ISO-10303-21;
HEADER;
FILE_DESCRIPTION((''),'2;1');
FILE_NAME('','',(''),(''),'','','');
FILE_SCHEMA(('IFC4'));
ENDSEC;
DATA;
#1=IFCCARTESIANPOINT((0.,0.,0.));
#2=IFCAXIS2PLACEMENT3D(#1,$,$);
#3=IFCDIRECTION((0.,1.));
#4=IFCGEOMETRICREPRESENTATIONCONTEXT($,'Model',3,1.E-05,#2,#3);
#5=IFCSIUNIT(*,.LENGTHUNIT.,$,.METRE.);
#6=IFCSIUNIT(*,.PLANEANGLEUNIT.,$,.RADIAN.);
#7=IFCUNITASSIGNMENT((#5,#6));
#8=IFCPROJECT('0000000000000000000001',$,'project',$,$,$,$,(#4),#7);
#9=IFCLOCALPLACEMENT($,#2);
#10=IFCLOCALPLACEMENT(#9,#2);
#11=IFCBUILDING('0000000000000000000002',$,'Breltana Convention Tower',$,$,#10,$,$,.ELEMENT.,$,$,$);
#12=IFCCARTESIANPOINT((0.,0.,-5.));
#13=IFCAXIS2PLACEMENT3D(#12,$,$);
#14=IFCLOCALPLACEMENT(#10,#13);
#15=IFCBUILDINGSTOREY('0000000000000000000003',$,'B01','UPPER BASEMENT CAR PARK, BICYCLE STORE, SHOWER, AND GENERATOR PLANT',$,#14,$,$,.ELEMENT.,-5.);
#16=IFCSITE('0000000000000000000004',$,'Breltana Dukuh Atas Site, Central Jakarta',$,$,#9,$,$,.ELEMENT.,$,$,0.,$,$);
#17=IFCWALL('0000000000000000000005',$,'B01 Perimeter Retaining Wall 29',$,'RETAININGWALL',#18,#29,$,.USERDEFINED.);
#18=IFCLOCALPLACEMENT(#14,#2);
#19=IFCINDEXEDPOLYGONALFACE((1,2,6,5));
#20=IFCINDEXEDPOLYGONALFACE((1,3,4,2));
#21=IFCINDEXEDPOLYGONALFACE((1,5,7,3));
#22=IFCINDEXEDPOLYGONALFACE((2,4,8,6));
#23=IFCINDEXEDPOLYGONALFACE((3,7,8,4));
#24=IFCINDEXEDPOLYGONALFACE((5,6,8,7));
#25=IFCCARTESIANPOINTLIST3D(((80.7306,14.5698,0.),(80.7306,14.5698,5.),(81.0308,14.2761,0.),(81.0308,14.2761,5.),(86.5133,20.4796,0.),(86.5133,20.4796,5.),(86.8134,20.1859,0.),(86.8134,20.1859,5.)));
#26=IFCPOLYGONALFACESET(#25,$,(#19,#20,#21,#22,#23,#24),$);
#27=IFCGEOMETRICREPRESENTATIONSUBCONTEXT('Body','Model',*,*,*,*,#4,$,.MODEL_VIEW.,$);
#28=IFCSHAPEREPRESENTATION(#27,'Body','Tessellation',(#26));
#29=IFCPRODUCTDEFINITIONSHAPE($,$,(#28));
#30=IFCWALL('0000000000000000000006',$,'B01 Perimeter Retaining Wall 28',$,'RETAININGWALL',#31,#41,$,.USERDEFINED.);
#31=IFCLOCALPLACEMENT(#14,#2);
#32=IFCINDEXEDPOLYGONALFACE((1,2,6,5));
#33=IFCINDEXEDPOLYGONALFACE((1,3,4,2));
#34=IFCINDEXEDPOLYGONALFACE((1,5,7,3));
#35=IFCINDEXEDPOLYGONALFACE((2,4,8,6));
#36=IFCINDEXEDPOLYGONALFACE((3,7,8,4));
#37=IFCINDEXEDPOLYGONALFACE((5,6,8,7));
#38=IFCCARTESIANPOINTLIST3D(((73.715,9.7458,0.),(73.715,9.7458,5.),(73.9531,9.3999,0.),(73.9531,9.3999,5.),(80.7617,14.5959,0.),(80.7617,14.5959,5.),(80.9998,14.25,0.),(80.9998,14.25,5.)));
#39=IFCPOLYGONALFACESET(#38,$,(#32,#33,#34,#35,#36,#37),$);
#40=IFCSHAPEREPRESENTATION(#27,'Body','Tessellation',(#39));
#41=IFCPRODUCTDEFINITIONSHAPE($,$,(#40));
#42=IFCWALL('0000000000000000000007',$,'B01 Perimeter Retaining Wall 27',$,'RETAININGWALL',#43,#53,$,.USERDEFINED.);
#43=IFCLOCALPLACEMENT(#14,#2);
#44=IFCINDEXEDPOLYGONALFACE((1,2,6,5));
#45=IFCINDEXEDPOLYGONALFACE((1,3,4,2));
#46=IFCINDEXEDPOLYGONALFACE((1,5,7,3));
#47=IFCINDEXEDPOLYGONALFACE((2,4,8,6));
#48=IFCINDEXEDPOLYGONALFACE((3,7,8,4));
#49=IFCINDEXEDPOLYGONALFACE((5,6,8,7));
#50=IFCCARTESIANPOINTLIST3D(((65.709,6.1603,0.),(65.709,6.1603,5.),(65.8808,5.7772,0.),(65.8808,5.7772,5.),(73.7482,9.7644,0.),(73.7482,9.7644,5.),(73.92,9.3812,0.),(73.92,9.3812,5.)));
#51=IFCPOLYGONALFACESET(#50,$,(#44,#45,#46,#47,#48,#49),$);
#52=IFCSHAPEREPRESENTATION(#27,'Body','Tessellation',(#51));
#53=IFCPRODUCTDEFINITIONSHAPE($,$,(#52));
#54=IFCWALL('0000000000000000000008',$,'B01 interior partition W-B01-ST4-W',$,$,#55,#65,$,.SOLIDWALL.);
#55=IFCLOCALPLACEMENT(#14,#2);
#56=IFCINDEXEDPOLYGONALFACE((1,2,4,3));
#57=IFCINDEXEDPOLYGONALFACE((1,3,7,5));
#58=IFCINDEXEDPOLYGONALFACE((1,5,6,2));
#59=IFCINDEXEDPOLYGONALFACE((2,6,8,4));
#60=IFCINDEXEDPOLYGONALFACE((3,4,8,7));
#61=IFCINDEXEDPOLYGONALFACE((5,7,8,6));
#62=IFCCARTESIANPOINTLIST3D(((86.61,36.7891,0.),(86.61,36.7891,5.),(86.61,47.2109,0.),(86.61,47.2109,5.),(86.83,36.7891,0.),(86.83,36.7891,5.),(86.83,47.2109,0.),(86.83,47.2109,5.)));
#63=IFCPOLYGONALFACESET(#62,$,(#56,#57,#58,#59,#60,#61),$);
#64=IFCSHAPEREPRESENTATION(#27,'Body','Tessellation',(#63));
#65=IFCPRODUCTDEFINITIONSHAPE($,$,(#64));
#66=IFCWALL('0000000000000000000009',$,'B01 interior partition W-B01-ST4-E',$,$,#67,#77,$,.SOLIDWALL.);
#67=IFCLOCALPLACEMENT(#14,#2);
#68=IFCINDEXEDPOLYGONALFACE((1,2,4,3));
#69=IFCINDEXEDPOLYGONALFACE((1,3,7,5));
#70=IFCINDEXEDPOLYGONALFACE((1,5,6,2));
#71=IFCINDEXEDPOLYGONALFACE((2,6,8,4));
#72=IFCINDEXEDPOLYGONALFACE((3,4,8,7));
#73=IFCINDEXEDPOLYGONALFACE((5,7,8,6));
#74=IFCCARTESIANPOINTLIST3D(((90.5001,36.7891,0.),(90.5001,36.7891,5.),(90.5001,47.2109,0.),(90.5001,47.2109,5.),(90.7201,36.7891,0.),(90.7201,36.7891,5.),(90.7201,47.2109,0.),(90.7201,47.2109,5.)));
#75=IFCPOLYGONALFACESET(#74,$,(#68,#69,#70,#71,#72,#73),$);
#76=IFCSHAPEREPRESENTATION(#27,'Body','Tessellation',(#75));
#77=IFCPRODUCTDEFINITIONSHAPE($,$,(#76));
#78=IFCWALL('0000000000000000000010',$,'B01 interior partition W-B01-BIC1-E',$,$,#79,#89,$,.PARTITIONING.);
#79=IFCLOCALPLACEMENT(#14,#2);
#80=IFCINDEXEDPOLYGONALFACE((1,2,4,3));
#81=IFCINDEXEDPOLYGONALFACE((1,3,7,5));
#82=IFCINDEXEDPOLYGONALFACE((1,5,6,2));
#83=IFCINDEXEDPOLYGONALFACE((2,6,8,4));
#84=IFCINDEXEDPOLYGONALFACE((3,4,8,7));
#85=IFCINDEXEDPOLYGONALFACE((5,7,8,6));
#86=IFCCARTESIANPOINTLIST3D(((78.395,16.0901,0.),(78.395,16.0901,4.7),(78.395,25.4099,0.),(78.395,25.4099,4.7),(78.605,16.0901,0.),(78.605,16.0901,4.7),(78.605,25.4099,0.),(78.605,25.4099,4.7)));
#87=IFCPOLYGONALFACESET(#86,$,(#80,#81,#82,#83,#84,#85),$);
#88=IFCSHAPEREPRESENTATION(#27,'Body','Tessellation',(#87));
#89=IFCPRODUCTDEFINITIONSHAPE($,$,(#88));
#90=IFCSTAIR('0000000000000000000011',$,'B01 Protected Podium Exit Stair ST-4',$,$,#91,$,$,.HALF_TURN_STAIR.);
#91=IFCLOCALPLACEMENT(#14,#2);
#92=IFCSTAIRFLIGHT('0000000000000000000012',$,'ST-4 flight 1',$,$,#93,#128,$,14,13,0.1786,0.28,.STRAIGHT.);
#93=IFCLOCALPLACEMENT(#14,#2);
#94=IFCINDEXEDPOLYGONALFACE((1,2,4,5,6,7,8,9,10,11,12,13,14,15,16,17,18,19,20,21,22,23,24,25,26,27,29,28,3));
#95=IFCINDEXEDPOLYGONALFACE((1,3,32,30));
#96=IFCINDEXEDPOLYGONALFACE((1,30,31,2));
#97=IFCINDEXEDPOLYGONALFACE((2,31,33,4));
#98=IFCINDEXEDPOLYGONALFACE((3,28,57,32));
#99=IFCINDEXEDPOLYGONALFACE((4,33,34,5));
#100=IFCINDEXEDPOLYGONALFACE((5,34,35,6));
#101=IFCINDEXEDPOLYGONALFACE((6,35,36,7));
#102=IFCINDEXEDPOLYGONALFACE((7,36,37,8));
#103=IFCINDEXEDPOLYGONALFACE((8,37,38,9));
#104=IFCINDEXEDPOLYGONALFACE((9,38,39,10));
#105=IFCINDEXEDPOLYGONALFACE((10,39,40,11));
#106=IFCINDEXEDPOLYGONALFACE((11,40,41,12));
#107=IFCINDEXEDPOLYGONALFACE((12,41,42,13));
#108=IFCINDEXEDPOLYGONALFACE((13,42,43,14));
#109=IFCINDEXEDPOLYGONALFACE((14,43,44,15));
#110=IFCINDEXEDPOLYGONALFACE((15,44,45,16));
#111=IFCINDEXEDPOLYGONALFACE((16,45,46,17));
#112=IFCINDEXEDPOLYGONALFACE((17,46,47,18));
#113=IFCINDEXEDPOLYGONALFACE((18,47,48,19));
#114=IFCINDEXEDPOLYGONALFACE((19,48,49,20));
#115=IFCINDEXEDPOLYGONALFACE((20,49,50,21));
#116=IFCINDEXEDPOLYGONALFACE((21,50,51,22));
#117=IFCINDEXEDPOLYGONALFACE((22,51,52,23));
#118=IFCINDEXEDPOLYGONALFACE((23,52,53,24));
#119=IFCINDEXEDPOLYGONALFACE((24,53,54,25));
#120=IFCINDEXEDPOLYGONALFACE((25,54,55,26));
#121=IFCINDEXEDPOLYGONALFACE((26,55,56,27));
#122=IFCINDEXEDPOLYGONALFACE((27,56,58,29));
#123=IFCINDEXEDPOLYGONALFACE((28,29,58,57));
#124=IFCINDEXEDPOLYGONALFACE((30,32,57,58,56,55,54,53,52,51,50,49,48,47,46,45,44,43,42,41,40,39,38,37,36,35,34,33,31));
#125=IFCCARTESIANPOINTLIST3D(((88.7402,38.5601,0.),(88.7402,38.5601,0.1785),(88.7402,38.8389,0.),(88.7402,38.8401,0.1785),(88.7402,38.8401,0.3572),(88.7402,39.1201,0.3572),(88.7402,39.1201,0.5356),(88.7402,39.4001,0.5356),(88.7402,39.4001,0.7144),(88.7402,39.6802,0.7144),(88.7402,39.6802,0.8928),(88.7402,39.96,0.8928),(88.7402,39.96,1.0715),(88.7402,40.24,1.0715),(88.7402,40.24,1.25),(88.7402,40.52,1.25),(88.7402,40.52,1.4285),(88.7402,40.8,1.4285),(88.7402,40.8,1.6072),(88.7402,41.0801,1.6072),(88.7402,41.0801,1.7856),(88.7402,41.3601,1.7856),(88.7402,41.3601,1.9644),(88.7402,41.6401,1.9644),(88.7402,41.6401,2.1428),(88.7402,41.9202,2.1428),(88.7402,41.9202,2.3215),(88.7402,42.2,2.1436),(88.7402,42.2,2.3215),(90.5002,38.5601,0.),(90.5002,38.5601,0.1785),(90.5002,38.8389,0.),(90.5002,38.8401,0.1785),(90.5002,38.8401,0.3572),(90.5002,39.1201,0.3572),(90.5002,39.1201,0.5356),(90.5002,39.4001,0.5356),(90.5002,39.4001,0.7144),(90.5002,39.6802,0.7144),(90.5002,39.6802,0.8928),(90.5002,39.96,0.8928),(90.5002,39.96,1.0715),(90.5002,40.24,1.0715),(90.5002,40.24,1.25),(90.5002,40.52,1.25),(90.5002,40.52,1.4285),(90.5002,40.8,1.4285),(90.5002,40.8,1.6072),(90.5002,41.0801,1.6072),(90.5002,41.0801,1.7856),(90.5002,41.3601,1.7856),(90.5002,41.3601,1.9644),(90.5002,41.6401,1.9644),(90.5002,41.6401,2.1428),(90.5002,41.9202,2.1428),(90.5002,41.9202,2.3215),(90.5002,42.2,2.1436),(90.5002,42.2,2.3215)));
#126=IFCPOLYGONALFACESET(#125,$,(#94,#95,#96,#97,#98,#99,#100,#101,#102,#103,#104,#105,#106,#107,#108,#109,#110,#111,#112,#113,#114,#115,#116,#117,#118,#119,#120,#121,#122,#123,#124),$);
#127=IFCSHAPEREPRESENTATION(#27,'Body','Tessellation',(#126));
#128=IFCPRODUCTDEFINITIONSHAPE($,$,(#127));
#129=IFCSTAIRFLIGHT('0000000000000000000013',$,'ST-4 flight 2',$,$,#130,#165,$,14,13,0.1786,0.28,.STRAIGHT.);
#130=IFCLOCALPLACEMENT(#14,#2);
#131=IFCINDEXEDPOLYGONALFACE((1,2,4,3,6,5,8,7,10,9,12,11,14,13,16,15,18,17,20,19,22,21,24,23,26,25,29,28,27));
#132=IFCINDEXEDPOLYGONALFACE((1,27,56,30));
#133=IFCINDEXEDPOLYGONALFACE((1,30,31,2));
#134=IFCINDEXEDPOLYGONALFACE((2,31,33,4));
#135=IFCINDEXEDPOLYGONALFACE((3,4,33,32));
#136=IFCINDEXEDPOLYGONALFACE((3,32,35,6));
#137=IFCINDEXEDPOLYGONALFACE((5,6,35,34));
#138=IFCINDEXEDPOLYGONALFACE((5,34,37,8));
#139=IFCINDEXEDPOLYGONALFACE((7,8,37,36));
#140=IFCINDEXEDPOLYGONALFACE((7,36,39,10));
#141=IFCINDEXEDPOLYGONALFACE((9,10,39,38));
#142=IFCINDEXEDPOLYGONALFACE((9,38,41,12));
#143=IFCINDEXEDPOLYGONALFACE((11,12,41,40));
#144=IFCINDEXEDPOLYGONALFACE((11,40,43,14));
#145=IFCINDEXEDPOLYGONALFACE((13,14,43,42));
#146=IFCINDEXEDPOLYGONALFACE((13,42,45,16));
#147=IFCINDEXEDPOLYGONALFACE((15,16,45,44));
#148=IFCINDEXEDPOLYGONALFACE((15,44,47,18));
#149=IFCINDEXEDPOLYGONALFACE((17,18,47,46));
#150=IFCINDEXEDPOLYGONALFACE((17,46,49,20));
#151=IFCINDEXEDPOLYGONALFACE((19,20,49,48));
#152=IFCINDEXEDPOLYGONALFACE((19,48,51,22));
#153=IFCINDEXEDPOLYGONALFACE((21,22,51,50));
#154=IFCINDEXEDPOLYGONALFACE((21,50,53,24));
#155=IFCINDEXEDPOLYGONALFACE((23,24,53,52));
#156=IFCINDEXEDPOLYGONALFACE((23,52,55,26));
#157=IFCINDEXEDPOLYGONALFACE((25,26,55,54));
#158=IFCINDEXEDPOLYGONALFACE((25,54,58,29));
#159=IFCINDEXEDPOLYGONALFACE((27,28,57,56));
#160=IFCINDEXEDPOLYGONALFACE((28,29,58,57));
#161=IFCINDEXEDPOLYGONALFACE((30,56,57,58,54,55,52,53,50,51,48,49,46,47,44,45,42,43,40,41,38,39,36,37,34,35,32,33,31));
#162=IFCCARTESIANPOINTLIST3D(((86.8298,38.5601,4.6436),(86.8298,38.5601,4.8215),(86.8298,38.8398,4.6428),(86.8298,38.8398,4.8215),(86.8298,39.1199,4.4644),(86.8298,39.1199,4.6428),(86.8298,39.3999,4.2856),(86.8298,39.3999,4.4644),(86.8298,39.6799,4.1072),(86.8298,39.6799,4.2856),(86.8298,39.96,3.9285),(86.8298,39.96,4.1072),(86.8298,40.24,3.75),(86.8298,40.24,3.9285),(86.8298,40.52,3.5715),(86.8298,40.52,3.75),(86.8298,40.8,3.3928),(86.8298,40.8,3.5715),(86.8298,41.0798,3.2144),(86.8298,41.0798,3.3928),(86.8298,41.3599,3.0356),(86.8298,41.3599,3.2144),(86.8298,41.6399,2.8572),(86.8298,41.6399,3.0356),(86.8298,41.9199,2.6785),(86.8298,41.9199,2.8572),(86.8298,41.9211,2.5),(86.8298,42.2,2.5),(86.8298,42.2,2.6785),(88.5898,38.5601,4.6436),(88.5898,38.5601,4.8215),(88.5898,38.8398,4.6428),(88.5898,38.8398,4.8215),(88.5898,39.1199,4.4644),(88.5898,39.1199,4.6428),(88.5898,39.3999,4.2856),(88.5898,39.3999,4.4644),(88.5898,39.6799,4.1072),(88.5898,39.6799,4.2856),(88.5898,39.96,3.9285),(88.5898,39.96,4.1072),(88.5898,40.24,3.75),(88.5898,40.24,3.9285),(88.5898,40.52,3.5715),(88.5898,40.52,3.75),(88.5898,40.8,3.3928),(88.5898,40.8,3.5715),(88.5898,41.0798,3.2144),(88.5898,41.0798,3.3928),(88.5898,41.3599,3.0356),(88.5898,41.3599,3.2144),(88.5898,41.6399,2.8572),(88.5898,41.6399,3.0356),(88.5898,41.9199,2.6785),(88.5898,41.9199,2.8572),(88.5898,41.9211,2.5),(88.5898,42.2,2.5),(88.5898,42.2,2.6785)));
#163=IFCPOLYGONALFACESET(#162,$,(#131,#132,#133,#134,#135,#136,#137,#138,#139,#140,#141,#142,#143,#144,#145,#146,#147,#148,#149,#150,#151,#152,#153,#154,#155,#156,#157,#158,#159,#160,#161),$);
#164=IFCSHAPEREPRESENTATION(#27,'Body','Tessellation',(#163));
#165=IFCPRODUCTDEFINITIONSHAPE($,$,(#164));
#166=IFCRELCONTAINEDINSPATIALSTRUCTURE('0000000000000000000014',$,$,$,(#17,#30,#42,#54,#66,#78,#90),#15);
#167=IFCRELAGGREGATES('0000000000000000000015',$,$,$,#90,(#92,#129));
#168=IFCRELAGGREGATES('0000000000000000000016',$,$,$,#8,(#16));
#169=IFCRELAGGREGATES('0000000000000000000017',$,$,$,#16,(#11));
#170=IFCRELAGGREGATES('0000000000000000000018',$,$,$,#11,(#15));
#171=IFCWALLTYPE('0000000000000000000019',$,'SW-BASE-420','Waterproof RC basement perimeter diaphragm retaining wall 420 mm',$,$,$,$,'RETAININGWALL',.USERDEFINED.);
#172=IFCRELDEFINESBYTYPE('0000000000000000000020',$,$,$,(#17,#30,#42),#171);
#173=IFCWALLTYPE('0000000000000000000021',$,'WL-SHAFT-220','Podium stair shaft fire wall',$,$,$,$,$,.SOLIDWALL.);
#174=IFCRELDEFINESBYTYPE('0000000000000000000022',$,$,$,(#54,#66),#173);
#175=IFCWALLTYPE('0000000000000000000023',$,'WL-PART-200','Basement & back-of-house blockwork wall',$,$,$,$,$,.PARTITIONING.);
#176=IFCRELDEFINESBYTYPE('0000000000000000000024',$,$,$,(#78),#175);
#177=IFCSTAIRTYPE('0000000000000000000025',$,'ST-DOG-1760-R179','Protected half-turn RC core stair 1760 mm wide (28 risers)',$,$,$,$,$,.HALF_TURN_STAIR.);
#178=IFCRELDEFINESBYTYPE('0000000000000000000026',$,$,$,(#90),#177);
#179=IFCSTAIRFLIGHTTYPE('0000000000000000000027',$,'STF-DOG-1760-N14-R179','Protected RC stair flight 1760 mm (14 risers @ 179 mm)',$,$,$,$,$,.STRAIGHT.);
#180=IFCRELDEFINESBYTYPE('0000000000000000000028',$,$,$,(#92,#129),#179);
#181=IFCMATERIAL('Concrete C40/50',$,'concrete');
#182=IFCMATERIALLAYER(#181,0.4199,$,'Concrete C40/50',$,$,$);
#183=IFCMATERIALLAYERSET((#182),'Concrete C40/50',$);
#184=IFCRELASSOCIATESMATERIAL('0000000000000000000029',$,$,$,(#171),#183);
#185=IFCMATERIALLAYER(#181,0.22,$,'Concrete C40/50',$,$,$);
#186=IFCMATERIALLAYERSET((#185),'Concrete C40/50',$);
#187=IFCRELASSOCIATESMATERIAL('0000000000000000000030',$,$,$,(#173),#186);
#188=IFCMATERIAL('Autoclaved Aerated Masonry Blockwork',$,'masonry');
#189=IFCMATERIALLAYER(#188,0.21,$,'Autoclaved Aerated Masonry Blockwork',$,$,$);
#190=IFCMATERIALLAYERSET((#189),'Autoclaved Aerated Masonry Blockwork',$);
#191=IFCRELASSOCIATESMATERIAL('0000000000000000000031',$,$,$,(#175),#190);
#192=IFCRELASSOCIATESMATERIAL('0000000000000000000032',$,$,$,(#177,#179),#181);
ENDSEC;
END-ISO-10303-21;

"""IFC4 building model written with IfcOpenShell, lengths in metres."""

from ifc_helpers import new_model, si_unit, direction, frame, frame_2d, origin, place, context, subcontext, project, spatial, polyline, rectangle, outline, extrude, source, transform, mapped, material, layer, layer_set, type_object, element, aggregate, save


model = new_model("IFC4")

# Units and contexts
model_context = context("Model", 3, precision=1e-05, world=origin(), true_north=direction((0.0, 1.0)))
body_context = subcontext(model_context, "Body", "Model", "MODEL_VIEW")
ifc_project = project(units=[si_unit("LENGTHUNIT", "METRE"), si_unit("PLANEANGLEUNIT", "RADIAN")], contexts=[model_context])

# Site, building, storey
site_placement = place(None, origin())
site = spatial("IfcSite", under=ifc_project, at=site_placement, Name="Breltana Dukuh Atas Site, Central Jakarta", CompositionType="ELEMENT", RefElevation=0.0)
building_placement = place(site_placement, origin())
building = spatial("IfcBuilding", under=site, at=building_placement, Name="Breltana Convention Tower", CompositionType="ELEMENT")
storey_placement = place(building_placement, frame((0.0, 0.0, -5.0)))
storey = spatial("IfcBuildingStorey", under=building, at=storey_placement, Name="B01", Description="UPPER BASEMENT CAR PARK, BICYCLE STORE, SHOWER, AND GENERATOR PLANT", CompositionType="ELEMENT", Elevation=-5.0)

# Shared definitions
ifc_material_1 = material(Name="Concrete C40/50", Category="concrete")

# Walls
ifc_layer_1 = layer(ifc_material_1, 0.4199, Name="Concrete C40/50")
ifc_layer_set_1 = layer_set([ifc_layer_1], Name="Concrete C40/50")
wall_type_1 = type_object("IfcWallType", Name="SW-BASE-420", Description="Waterproof RC basement perimeter diaphragm retaining wall 420 mm", ElementType="RETAININGWALL", PredefinedType="USERDEFINED", material=ifc_layer_set_1)
shared_shape_1 = source(origin(), body_context, "Body", "SweptSolid", [
    extrude(rectangle(XDim=8.2683, YDim=0.4199, at=frame_2d((4.1343, 0.0))), origin(), (0.0, 0.0, 1.0), 5.0),
])
wall_1_placement = place(storey_placement, frame((80.8806, 14.4229, 0.0), z_axis=(0.0, 0.0, 1.0), x_axis=(0.699373, 0.714757, 0.0)))
element("IfcWall", 1, at=wall_1_placement, inside=storey, type_object=wall_type_1, Name="B01 Perimeter Retaining Wall 29", ObjectType="RETAININGWALL", PredefinedType="USERDEFINED", context=body_context, shape_type="MappedRepresentation", body=[
    mapped(shared_shape_1, transform((0.0, 0.0, 0.0), scale=1.0)),
])
shared_shape_2 = source(origin(), body_context, "Body", "SweptSolid", [
    extrude(rectangle(XDim=8.5544, YDim=0.4199, at=frame_2d((4.2773, 0.0))), origin(), (0.0, 0.0, 1.0), 5.0),
])
wall_2_placement = place(storey_placement, frame((73.834, 9.5728, 0.0), z_axis=(0.0, 0.0, 1.0), x_axis=(0.82374, 0.566968, 0.0)))
element("IfcWall", 2, at=wall_2_placement, inside=storey, type_object=wall_type_1, Name="B01 Perimeter Retaining Wall 28", ObjectType="RETAININGWALL", PredefinedType="USERDEFINED", context=body_context, shape_type="MappedRepresentation", body=[
    mapped(shared_shape_2, transform((0.0, 0.0, 0.0), scale=1.0)),
])
shared_shape_3 = source(origin(), body_context, "Body", "SweptSolid", [
    extrude(rectangle(XDim=8.8101, YDim=0.4199, at=frame_2d((4.405, 0.0))), origin(), (0.0, 0.0, 1.0), 5.0),
])
wall_3_placement = place(storey_placement, frame((65.7949, 5.9688, 0.0), z_axis=(0.0, 0.0, 1.0), x_axis=(0.912497, 0.409083, 0.0)))
element("IfcWall", 3, at=wall_3_placement, inside=storey, type_object=wall_type_1, Name="B01 Perimeter Retaining Wall 27", ObjectType="RETAININGWALL", PredefinedType="USERDEFINED", context=body_context, shape_type="MappedRepresentation", body=[
    mapped(shared_shape_3, transform((0.0, 0.0, 0.0), scale=1.0)),
])

# Shared definitions
ifc_layer_2 = layer(ifc_material_1, 0.22, Name="Concrete C40/50")
ifc_layer_set_2 = layer_set([ifc_layer_2], Name="Concrete C40/50")
wall_type_2 = type_object("IfcWallType", Name="WL-SHAFT-220", Description="Podium stair shaft fire wall", PredefinedType="SOLIDWALL", material=ifc_layer_set_2)

# Walls
shared_shape_4 = source(origin(), body_context, "Body", "SweptSolid", [
    extrude(rectangle(XDim=10.4219, YDim=0.22, at=frame_2d((5.2109, 0.0))), origin(), (0.0, 0.0, 1.0), 5.0),
])
for number, where, z_axis, x_axis, name in (
    (4, (86.72, 36.7891, 0.0), (0.0, 0.0, 1.0), (0.0, 1.0, 0.0), "B01 interior partition W-B01-ST4-W"),
    (5, (90.6101, 36.7891, 0.0), (0.0, 0.0, 1.0), (0.0, 1.0, 0.0), "B01 interior partition W-B01-ST4-E"),
):
    element("IfcWall", number, at=place(storey_placement, frame(where, z_axis=z_axis, x_axis=x_axis)), inside=storey, type_object=wall_type_2, Name=name, PredefinedType="SOLIDWALL", context=body_context, shape_type="MappedRepresentation", body=[
        mapped(shared_shape_4, transform((0.0, 0.0, 0.0), scale=1.0)),
    ])
ifc_material_2 = material(Name="Autoclaved Aerated Masonry Blockwork", Category="masonry")
ifc_layer_3 = layer(ifc_material_2, 0.21, Name="Autoclaved Aerated Masonry Blockwork")
ifc_layer_set_3 = layer_set([ifc_layer_3], Name="Autoclaved Aerated Masonry Blockwork")
wall_type_3 = type_object("IfcWallType", Name="WL-PART-200", Description="Basement & back-of-house blockwork wall", PredefinedType="PARTITIONING", material=ifc_layer_set_3)
shared_shape_5 = source(origin(), body_context, "Body", "SweptSolid", [
    extrude(rectangle(XDim=9.3198, YDim=0.21, at=frame_2d((4.6599, 0.0))), origin(), (0.0, 0.0, 1.0), 4.7),
])
wall_4_placement = place(storey_placement, frame((78.5, 16.0901, 0.0), z_axis=(0.0, 0.0, 1.0), x_axis=(0.0, 1.0, 0.0)))
element("IfcWall", 6, at=wall_4_placement, inside=storey, type_object=wall_type_3, Name="B01 interior partition W-B01-BIC1-E", PredefinedType="PARTITIONING", context=body_context, shape_type="MappedRepresentation", body=[
    mapped(shared_shape_5, transform((0.0, 0.0, 0.0), scale=1.0)),
])

# Stair, stair flights
stair_type = type_object("IfcStairType", Name="ST-DOG-1760-R179", Description="Protected half-turn RC core stair 1760 mm wide (28 risers)", PredefinedType="HALF_TURN_STAIR", material=ifc_material_1)
stair_placement = place(storey_placement, origin())
stair = element("IfcStair", 7, at=stair_placement, inside=storey, type_object=stair_type, Name="B01 Protected Podium Exit Stair ST-4", PredefinedType="HALF_TURN_STAIR")
stair_flight_type = type_object("IfcStairFlightType", Name="STF-DOG-1760-N14-R179", Description="Protected RC stair flight 1760 mm (14 risers @ 179 mm)", PredefinedType="STRAIGHT", material=ifc_material_1)
stair_flight_1_placement = place(storey_placement, frame((89.6201, 38.5601, 0.0), z_axis=(0.0, 0.0, 1.0), x_axis=(0.0, 1.0, 0.0)))
stair_flight_1 = element("IfcStairFlight", 8, at=stair_flight_1_placement, type_object=stair_flight_type, Name="ST-4 flight 1", NumberOfRisers=14, NumberOfTreads=13, PredefinedType="STRAIGHT", RiserHeight=0.1786, TreadLength=0.28, context=body_context, shape_type="SweptSolid", body=[
    extrude(outline(polyline([(0.0, 0.0), (0.0, 0.1785), (0.28, 0.1785), (0.28, 0.3572), (0.5601, 0.3572), (0.5601, 0.5356), (0.8401, 0.5356), (0.8401, 0.7144), (1.1201, 0.7144), (1.1201, 0.8928), (1.3999, 0.8928), (1.3999, 1.0715), (1.6799, 1.0715), (1.6799, 1.25), (1.96, 1.25), (1.96, 1.4285), (2.24, 1.4285), (2.24, 1.6072), (2.52, 1.6072), (2.52, 1.7856), (2.8, 1.7856), (2.8, 1.9644), (3.0801, 1.9644), (3.0801, 2.1428), (3.3601, 2.1428), (3.3601, 2.3215), (3.6399, 2.3215), (3.6399, 2.5), (3.6399, 2.1436), (0.2788, 0.0), (0.0, 0.0)])), frame((0.0, 0.8799, 0.0), z_axis=(0.0, -1.0, 0.0), x_axis=(1.0, 0.0, 0.0)), (0.0, 0.0, 1.0), 1.76),
])
stair_flight_2_placement = place(storey_placement, frame((87.71, 42.2, 2.5), z_axis=(0.0, 0.0, 1.0), x_axis=(0.0, -1.0, 0.0)))
stair_flight_2 = element("IfcStairFlight", 9, at=stair_flight_2_placement, type_object=stair_flight_type, Name="ST-4 flight 2", NumberOfRisers=14, NumberOfTreads=13, PredefinedType="STRAIGHT", RiserHeight=0.1786, TreadLength=0.28, context=body_context, shape_type="SweptSolid", body=[
    extrude(outline(polyline([(0.0, 0.0), (0.0, 0.1785), (0.28, 0.1785), (0.28, 0.3572), (0.5601, 0.3572), (0.5601, 0.5356), (0.8401, 0.5356), (0.8401, 0.7144), (1.1201, 0.7144), (1.1201, 0.8928), (1.3999, 0.8928), (1.3999, 1.0715), (1.6799, 1.0715), (1.6799, 1.25), (1.96, 1.25), (1.96, 1.4285), (2.24, 1.4285), (2.24, 1.6072), (2.52, 1.6072), (2.52, 1.7856), (2.8, 1.7856), (2.8, 1.9644), (3.0801, 1.9644), (3.0801, 2.1428), (3.3601, 2.1428), (3.3601, 2.3215), (3.6399, 2.3215), (3.6399, 2.5), (3.6399, 2.1436), (0.2788, 0.0), (0.0, 0.0)])), frame((0.0, 0.8799, 0.0), z_axis=(0.0, -1.0, 0.0), x_axis=(1.0, 0.0, 0.0)), (0.0, 0.0, 1.0), 1.76),
])
aggregate(stair, [stair_flight_1, stair_flight_2])

save(model, "model.ifc")
